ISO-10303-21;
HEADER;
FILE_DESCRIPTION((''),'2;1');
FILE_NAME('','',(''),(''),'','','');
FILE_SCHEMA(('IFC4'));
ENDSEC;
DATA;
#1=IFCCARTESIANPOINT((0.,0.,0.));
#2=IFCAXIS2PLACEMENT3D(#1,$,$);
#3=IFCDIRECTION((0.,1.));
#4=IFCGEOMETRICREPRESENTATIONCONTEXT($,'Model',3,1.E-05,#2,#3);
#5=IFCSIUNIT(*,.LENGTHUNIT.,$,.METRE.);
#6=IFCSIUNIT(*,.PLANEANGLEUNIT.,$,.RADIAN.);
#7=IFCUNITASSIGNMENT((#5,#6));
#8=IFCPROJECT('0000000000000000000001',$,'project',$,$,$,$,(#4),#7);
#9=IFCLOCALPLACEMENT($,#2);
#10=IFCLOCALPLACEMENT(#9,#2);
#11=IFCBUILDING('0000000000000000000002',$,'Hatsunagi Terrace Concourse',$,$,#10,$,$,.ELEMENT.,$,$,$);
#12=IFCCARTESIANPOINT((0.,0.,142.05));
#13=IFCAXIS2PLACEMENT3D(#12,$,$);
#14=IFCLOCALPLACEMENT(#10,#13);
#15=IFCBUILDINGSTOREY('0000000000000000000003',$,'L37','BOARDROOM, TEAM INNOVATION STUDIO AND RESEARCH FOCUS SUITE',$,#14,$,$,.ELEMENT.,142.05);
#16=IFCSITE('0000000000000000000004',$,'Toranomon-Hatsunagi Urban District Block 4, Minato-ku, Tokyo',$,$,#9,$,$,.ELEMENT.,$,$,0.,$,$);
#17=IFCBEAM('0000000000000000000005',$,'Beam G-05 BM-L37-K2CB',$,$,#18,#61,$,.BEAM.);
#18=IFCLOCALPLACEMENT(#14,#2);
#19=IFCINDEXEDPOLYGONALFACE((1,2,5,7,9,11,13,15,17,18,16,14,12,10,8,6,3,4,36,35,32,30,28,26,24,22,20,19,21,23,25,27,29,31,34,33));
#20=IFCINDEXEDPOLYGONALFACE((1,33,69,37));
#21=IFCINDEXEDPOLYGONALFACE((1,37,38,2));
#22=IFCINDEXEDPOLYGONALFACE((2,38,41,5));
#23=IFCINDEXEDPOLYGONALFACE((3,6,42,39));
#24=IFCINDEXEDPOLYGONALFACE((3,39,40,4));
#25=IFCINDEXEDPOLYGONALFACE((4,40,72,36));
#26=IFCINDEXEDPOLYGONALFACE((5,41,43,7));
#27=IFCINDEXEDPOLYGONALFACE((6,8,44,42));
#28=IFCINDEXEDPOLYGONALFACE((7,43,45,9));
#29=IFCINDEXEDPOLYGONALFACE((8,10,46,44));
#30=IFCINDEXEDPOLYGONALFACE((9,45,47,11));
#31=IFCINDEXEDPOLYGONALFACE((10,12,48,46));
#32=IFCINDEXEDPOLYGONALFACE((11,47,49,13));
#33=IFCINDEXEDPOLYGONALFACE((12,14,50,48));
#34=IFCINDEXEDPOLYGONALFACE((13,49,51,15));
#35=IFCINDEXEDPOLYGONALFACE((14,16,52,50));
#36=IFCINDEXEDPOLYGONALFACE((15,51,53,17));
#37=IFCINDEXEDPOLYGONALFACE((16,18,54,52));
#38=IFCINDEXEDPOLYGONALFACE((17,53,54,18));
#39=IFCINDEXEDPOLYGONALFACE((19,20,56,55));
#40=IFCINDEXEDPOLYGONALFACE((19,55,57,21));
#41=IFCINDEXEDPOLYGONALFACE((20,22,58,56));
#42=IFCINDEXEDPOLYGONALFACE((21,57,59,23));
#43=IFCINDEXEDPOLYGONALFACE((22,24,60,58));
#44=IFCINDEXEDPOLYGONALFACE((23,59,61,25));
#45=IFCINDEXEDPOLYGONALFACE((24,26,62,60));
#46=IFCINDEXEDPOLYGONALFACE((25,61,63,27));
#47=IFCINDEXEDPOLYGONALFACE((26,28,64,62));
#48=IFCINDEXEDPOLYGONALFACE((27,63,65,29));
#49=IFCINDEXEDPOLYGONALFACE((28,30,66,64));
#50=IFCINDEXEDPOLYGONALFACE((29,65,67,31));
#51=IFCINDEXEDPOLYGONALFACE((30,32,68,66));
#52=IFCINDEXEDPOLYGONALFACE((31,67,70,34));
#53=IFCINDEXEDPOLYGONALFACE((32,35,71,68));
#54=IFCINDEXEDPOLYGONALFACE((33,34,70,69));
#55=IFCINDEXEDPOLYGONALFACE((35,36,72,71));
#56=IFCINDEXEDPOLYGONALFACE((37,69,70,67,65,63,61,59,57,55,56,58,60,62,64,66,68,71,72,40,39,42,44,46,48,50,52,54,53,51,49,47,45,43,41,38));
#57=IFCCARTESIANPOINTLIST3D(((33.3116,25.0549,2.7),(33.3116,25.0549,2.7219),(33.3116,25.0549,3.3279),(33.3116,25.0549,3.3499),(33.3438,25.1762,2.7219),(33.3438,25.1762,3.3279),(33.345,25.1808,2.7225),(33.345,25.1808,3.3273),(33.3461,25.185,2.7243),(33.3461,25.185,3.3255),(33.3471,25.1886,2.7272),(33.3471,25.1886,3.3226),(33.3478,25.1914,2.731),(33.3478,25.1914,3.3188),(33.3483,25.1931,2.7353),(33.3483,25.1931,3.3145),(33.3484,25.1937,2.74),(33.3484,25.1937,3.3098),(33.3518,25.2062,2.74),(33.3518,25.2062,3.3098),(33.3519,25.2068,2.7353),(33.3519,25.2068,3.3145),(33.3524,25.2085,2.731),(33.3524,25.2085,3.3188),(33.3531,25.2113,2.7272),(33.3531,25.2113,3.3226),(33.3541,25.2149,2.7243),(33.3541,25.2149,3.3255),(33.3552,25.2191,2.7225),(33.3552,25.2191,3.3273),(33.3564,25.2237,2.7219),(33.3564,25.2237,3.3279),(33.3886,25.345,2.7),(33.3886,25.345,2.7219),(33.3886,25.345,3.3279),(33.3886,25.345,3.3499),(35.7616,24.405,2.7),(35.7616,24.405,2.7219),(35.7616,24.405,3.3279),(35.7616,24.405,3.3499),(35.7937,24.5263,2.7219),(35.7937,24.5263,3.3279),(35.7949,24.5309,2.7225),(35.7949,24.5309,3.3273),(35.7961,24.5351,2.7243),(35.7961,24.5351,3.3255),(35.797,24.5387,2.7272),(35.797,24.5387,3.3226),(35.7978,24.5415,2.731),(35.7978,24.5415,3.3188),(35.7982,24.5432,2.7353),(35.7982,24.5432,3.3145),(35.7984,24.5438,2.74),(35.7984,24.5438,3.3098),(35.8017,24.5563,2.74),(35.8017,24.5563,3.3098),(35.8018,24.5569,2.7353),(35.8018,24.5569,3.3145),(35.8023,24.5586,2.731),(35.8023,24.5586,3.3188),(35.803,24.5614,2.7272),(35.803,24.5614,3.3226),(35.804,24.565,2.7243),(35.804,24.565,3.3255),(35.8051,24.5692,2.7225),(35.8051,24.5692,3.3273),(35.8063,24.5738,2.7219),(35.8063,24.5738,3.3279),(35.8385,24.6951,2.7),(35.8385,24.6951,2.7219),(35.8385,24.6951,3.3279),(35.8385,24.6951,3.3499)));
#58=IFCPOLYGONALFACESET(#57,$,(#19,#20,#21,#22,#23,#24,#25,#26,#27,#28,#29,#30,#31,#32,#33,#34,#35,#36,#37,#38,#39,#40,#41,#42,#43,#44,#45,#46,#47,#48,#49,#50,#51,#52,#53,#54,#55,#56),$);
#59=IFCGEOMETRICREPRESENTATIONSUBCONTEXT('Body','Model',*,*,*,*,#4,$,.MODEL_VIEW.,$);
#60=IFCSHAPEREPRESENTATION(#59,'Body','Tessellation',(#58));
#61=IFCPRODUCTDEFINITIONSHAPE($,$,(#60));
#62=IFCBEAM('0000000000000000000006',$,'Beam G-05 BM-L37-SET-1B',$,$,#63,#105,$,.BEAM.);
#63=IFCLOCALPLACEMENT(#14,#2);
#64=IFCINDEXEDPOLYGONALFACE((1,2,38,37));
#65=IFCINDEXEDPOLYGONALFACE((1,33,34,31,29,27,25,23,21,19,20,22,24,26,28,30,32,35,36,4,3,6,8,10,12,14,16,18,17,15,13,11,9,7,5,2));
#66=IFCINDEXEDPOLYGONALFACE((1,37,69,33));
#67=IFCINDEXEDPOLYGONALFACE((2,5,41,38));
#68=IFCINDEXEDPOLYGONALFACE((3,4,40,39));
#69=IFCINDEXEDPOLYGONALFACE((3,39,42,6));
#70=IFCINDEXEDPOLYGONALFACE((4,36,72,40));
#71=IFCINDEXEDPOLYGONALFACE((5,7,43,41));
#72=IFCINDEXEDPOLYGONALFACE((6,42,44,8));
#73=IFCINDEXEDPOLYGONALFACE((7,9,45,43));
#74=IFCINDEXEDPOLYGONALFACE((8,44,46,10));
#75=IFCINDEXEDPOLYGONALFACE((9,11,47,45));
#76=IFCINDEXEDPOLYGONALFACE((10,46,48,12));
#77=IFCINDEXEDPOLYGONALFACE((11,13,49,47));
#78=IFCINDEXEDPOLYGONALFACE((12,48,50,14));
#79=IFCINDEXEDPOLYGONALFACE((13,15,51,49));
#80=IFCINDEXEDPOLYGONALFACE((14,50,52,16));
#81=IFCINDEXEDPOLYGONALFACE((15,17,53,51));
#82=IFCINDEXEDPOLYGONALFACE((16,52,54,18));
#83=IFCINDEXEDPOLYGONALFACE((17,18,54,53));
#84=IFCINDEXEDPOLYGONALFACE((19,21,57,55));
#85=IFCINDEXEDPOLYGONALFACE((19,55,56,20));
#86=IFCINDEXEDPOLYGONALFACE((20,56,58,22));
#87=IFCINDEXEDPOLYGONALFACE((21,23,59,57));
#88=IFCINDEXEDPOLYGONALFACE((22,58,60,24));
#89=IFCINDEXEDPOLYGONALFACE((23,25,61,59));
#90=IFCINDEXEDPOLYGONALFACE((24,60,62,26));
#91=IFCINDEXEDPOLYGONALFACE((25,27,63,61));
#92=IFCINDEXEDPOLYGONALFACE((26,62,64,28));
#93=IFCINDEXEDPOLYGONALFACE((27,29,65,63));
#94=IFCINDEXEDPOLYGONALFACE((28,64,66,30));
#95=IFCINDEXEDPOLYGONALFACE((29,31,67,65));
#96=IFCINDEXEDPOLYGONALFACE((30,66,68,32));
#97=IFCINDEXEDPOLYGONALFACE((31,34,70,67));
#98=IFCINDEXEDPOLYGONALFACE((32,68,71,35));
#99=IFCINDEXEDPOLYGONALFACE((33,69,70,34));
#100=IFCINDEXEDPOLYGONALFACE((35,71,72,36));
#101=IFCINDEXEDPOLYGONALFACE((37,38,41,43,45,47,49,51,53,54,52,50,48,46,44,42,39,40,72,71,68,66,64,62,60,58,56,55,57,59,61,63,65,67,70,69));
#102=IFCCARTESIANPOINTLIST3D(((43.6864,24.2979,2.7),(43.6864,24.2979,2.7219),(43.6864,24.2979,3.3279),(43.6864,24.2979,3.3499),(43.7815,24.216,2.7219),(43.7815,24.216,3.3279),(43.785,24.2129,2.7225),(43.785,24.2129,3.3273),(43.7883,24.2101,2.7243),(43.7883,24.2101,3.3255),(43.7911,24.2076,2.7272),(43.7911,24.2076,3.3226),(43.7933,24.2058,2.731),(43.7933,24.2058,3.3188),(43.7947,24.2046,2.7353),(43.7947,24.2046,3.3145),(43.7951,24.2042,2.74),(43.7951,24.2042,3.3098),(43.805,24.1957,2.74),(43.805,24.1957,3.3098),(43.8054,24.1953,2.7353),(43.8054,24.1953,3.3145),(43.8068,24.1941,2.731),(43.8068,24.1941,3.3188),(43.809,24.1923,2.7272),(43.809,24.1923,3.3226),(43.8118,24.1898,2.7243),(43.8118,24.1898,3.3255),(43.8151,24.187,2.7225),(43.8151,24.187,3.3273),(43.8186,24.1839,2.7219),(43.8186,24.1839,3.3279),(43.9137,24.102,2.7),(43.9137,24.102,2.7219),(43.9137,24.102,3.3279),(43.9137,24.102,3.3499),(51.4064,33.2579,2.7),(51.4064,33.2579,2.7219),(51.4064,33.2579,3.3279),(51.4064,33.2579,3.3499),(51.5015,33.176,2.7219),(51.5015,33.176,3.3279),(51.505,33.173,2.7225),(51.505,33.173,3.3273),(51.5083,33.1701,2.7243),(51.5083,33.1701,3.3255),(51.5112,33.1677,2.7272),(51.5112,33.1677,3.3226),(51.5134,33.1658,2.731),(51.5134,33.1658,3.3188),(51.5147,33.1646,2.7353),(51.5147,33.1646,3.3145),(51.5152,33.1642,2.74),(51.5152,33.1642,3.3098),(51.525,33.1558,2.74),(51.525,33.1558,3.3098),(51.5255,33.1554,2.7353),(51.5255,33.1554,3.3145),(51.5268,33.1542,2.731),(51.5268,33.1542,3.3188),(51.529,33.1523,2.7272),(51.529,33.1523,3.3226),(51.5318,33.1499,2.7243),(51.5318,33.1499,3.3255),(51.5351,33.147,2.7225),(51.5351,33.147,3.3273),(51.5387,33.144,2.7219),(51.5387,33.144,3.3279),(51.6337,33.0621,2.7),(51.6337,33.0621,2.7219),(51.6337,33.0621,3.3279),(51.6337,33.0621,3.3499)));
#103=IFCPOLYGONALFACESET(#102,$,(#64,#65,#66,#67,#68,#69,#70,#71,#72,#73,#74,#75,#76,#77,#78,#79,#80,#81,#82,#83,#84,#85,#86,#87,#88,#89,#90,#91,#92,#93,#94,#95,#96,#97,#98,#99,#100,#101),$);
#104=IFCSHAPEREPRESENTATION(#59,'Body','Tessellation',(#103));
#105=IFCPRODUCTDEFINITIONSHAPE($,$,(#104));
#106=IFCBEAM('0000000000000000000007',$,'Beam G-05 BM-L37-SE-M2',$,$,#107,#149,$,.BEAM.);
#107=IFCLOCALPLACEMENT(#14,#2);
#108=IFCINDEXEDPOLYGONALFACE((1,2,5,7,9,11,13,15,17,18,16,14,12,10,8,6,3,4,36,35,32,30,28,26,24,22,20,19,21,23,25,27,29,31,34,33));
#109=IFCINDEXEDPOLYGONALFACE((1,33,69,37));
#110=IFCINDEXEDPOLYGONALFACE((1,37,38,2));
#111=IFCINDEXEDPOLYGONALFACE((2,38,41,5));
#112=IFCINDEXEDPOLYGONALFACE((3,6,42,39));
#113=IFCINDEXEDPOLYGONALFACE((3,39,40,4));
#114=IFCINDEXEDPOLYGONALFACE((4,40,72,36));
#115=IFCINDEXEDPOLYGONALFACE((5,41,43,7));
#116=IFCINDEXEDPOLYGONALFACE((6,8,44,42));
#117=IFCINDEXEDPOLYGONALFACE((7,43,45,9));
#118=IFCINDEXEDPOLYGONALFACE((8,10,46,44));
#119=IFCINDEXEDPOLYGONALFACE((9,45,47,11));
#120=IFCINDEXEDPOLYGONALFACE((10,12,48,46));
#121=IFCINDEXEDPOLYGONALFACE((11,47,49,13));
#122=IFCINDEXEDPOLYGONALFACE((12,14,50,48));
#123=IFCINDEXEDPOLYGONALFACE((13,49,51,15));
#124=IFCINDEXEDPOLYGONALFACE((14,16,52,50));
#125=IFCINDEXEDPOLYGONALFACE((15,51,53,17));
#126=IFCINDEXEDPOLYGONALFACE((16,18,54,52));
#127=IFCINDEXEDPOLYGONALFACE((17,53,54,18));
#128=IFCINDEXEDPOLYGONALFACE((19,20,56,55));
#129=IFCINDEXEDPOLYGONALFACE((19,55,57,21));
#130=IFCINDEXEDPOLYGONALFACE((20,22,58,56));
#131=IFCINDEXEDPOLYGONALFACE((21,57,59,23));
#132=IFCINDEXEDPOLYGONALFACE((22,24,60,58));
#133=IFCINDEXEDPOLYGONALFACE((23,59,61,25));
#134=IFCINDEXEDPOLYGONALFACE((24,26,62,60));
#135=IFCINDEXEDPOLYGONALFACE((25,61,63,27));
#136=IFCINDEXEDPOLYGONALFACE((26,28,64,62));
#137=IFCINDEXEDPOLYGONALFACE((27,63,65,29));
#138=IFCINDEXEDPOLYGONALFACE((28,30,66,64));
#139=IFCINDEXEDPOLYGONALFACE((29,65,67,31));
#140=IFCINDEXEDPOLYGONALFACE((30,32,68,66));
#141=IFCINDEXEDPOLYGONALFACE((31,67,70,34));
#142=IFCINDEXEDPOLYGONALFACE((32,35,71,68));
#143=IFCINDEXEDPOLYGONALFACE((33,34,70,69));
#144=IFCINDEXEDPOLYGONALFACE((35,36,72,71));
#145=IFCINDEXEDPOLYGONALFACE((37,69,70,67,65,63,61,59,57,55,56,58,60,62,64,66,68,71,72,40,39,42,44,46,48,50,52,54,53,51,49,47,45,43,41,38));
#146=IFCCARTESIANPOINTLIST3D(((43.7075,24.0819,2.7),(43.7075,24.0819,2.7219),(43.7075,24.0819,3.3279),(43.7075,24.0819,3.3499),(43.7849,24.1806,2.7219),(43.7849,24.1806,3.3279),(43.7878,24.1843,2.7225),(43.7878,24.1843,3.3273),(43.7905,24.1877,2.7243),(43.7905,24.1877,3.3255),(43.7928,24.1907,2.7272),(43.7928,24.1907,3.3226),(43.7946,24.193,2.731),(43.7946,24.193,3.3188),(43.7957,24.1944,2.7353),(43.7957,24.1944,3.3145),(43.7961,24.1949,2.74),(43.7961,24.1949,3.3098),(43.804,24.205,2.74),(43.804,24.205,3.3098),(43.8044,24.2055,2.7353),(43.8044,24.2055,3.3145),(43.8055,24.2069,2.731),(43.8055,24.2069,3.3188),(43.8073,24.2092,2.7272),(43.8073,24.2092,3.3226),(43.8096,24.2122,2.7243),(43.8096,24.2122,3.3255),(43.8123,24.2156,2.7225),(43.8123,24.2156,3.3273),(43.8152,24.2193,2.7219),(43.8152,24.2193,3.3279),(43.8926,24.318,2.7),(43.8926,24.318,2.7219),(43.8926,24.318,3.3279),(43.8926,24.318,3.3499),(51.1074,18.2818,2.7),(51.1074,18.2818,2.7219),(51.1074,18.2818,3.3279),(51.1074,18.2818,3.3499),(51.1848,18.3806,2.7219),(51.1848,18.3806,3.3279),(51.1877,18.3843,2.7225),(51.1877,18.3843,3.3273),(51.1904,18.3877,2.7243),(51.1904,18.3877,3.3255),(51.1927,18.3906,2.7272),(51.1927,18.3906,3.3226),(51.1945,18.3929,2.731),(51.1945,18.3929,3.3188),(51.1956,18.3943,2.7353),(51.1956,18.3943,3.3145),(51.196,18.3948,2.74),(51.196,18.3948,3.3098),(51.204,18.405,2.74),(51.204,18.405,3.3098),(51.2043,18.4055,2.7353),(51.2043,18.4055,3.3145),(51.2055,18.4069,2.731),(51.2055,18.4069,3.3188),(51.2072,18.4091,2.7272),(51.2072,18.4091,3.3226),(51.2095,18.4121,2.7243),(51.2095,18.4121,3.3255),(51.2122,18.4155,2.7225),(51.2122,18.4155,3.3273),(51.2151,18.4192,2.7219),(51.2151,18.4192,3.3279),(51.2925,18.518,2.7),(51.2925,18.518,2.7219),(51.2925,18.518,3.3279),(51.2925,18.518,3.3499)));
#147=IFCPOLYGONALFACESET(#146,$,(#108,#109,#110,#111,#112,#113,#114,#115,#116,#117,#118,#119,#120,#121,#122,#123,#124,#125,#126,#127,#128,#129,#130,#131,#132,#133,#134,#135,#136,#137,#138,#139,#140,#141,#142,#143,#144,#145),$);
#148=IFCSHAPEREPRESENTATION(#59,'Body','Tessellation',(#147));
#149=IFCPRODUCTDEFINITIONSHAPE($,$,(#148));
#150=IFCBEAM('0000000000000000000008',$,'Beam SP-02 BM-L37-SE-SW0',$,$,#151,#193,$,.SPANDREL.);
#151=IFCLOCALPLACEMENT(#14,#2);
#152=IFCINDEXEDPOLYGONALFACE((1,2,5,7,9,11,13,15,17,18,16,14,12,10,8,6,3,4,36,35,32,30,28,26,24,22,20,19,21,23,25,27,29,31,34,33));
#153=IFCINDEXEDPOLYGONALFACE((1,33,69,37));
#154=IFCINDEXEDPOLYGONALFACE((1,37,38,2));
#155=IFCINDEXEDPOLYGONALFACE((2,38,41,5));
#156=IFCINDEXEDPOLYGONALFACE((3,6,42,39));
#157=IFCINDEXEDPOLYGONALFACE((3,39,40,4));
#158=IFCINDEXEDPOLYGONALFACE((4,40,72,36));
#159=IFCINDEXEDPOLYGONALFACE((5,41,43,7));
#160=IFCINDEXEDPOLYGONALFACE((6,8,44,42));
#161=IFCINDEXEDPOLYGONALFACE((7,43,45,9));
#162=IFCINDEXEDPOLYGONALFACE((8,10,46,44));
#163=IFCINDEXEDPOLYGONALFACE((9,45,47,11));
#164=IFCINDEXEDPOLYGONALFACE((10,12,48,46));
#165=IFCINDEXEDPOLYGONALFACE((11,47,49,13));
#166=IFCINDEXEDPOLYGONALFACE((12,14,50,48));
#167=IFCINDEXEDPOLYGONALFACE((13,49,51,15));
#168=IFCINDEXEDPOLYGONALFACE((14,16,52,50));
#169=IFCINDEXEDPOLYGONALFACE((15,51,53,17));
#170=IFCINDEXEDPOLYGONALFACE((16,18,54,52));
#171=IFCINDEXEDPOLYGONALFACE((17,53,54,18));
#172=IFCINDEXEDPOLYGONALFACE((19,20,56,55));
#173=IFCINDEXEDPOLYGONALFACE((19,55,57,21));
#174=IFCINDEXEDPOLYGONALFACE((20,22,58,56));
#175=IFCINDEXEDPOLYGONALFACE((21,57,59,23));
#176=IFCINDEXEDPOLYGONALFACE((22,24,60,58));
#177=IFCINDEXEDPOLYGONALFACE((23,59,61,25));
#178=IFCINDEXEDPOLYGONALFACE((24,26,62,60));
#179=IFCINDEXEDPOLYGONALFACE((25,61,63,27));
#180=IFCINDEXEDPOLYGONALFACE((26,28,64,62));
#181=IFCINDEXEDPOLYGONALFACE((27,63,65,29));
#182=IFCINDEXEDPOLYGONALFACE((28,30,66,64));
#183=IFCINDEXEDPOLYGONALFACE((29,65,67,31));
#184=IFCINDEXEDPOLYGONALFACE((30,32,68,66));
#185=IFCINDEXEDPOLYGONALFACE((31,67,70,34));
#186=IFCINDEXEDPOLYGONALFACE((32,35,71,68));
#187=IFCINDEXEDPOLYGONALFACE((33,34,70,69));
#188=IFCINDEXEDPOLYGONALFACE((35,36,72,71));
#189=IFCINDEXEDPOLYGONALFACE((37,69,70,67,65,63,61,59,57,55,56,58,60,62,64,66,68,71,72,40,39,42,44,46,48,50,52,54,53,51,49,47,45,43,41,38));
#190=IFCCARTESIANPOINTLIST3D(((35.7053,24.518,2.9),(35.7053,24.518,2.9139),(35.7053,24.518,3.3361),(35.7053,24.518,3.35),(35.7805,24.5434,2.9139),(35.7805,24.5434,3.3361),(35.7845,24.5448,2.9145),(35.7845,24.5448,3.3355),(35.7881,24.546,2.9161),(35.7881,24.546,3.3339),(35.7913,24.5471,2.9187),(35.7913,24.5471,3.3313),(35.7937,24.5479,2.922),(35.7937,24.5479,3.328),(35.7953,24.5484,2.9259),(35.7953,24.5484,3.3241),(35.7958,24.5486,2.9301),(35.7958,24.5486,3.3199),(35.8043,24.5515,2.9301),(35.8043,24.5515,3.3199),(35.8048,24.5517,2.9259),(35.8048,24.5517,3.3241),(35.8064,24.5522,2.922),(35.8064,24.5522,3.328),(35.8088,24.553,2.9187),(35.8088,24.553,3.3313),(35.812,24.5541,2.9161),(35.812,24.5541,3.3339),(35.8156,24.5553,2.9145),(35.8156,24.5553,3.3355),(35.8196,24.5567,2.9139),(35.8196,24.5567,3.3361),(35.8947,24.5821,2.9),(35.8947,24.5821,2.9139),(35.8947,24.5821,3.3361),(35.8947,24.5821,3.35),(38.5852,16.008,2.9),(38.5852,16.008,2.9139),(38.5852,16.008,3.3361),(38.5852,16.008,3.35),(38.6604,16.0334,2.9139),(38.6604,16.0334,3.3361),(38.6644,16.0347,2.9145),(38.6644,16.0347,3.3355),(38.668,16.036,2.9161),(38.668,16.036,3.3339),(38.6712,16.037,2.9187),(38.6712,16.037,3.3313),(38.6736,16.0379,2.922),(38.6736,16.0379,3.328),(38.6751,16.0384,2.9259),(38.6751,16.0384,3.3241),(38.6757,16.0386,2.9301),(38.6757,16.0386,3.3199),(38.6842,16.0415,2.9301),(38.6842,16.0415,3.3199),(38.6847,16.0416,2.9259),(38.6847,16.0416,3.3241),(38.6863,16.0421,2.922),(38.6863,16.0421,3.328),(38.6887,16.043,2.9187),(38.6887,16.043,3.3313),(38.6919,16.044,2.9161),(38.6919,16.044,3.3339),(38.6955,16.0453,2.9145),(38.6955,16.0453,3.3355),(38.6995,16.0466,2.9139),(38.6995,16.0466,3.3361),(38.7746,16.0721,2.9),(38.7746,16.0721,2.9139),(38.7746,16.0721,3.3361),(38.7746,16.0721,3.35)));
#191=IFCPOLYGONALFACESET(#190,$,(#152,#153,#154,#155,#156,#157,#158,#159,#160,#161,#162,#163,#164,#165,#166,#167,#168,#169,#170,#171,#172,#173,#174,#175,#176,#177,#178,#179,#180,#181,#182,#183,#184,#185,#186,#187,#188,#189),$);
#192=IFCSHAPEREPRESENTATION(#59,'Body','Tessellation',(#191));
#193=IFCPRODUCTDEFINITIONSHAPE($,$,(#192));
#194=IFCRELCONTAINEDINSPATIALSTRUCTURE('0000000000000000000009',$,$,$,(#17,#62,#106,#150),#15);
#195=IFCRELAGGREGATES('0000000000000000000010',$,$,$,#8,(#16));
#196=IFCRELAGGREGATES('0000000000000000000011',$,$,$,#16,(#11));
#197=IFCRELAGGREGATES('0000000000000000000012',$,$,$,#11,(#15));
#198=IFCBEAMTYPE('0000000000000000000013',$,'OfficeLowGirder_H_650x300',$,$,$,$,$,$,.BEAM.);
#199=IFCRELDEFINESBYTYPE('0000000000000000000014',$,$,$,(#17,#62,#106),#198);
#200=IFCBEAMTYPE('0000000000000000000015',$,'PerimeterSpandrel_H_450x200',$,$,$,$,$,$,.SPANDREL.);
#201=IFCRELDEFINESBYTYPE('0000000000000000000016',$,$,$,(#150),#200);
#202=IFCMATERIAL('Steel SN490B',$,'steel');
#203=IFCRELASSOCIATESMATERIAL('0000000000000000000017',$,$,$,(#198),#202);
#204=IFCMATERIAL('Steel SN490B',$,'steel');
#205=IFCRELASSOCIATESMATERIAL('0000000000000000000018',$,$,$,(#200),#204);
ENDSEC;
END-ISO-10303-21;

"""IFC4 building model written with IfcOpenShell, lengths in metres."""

from ifc_helpers import new_model, si_unit, direction, frame, origin, origin_2d, place, context, subcontext, project, spatial, i_section, extrude, material, material_profile, profile_set, type_object, element, save


model = new_model("IFC4")

# Units and contexts
model_context = context("Model", 3, precision=1e-05, world=origin(), true_north=direction((0.0, 1.0)))
body_context = subcontext(model_context, "Body", "Model", "MODEL_VIEW")
ifc_project = project(units=[si_unit("LENGTHUNIT", "METRE"), si_unit("PLANEANGLEUNIT", "RADIAN")], contexts=[model_context])

# Site, building, storey
site_placement = place(None, origin())
site = spatial("IfcSite", under=ifc_project, at=site_placement, Name="Toranomon-Hatsunagi Urban District Block 4, Minato-ku, Tokyo", CompositionType="ELEMENT", RefElevation=0.0)
building_placement = place(site_placement, origin())
building = spatial("IfcBuilding", under=site, at=building_placement, Name="Hatsunagi Terrace Concourse", CompositionType="ELEMENT")
storey_placement = place(building_placement, frame((0.0, 0.0, 142.05)))
storey = spatial("IfcBuildingStorey", under=building, at=storey_placement, Name="L37", Description="BOARDROOM, TEAM INNOVATION STUDIO AND RESEARCH FOCUS SUITE", CompositionType="ELEMENT", Elevation=142.05)

# Beams
ifc_material_1 = material(Name="Steel SN490B", Category="steel")
ifc_material_profile_1 = material_profile(ifc_material_1, i_section(OverallWidth=0.3, OverallDepth=0.6499, WebThickness=0.0129, FlangeThickness=0.022, FilletRadius=0.0181, at=origin_2d()), Name="H-650x300x13x22")
ifc_profile_set_1 = profile_set([ifc_material_profile_1], Name="Steel SN490B")
beam_type_1 = type_object("IfcBeamType", Name="OfficeLowGirder_H_650x300", PredefinedType="BEAM", material=ifc_profile_set_1)
beam_1_placement = place(storey_placement, frame((33.3501, 25.2, 3.0249), z_axis=(0.96657, -0.256403, 0.0), x_axis=(0.256403, 0.96657, 0.0)))
element("IfcBeam", 1, at=beam_1_placement, inside=storey, type_object=beam_type_1, Name="Beam G-05 BM-L37-K2CB", PredefinedType="BEAM", context=body_context, shape_type="SweptSolid", body=[
    extrude(i_section(OverallWidth=0.3, OverallDepth=0.6499, WebThickness=0.0129, FlangeThickness=0.022, FilletRadius=0.0181, at=origin_2d()), origin(), (0.0, 0.0, 1.0), 2.5347),
])
beam_2_placement = place(storey_placement, frame((43.8, 24.2, 3.0249), z_axis=(0.652739, 0.757583, 0.0), x_axis=(-0.757583, 0.652739, 0.0)))
element("IfcBeam", 2, at=beam_2_placement, inside=storey, type_object=beam_type_1, Name="Beam G-05 BM-L37-SET-1B", PredefinedType="BEAM", context=body_context, shape_type="SweptSolid", body=[
    extrude(i_section(OverallWidth=0.3, OverallDepth=0.6499, WebThickness=0.0129, FlangeThickness=0.022, FilletRadius=0.0181, at=origin_2d()), origin(), (0.0, 0.0, 1.0), 11.8271),
])
beam_3_placement = place(storey_placement, frame((43.8, 24.2, 3.0249), z_axis=(0.787049, -0.61689, 0.0), x_axis=(0.61689, 0.787049, 0.0)))
element("IfcBeam", 3, at=beam_3_placement, inside=storey, type_object=beam_type_1, Name="Beam G-05 BM-L37-SE-M2", PredefinedType="BEAM", context=body_context, shape_type="SweptSolid", body=[
    extrude(i_section(OverallWidth=0.3, OverallDepth=0.6499, WebThickness=0.0129, FlangeThickness=0.022, FilletRadius=0.0181, at=origin_2d()), origin(), (0.0, 0.0, 1.0), 9.4021),
])
ifc_material_2 = material(Name="Steel SN490B", Category="steel")
ifc_material_profile_2 = material_profile(ifc_material_2, i_section(OverallWidth=0.2, OverallDepth=0.45, WebThickness=0.009, FlangeThickness=0.0139, FilletRadius=0.0161, at=origin_2d()), Name="H-450x200x9x14")
ifc_profile_set_2 = profile_set([ifc_material_profile_2], Name="Steel SN490B")
beam_type_2 = type_object("IfcBeamType", Name="PerimeterSpandrel_H_450x200", PredefinedType="SPANDREL", material=ifc_profile_set_2)
beam_4_placement = place(storey_placement, frame((35.8, 24.55, 3.125), z_axis=(0.320553, -0.94723, 0.0), x_axis=(0.94723, 0.320553, 0.0)))
element("IfcBeam", 4, at=beam_4_placement, inside=storey, type_object=beam_type_2, Name="Beam SP-02 BM-L37-SE-SW0", PredefinedType="SPANDREL", context=body_context, shape_type="SweptSolid", body=[
    extrude(i_section(OverallWidth=0.2, OverallDepth=0.45, WebThickness=0.009, FlangeThickness=0.0139, FilletRadius=0.0161, at=origin_2d()), origin(), (0.0, 0.0, 1.0), 8.9841),
])

save(model, "model.ifc")
